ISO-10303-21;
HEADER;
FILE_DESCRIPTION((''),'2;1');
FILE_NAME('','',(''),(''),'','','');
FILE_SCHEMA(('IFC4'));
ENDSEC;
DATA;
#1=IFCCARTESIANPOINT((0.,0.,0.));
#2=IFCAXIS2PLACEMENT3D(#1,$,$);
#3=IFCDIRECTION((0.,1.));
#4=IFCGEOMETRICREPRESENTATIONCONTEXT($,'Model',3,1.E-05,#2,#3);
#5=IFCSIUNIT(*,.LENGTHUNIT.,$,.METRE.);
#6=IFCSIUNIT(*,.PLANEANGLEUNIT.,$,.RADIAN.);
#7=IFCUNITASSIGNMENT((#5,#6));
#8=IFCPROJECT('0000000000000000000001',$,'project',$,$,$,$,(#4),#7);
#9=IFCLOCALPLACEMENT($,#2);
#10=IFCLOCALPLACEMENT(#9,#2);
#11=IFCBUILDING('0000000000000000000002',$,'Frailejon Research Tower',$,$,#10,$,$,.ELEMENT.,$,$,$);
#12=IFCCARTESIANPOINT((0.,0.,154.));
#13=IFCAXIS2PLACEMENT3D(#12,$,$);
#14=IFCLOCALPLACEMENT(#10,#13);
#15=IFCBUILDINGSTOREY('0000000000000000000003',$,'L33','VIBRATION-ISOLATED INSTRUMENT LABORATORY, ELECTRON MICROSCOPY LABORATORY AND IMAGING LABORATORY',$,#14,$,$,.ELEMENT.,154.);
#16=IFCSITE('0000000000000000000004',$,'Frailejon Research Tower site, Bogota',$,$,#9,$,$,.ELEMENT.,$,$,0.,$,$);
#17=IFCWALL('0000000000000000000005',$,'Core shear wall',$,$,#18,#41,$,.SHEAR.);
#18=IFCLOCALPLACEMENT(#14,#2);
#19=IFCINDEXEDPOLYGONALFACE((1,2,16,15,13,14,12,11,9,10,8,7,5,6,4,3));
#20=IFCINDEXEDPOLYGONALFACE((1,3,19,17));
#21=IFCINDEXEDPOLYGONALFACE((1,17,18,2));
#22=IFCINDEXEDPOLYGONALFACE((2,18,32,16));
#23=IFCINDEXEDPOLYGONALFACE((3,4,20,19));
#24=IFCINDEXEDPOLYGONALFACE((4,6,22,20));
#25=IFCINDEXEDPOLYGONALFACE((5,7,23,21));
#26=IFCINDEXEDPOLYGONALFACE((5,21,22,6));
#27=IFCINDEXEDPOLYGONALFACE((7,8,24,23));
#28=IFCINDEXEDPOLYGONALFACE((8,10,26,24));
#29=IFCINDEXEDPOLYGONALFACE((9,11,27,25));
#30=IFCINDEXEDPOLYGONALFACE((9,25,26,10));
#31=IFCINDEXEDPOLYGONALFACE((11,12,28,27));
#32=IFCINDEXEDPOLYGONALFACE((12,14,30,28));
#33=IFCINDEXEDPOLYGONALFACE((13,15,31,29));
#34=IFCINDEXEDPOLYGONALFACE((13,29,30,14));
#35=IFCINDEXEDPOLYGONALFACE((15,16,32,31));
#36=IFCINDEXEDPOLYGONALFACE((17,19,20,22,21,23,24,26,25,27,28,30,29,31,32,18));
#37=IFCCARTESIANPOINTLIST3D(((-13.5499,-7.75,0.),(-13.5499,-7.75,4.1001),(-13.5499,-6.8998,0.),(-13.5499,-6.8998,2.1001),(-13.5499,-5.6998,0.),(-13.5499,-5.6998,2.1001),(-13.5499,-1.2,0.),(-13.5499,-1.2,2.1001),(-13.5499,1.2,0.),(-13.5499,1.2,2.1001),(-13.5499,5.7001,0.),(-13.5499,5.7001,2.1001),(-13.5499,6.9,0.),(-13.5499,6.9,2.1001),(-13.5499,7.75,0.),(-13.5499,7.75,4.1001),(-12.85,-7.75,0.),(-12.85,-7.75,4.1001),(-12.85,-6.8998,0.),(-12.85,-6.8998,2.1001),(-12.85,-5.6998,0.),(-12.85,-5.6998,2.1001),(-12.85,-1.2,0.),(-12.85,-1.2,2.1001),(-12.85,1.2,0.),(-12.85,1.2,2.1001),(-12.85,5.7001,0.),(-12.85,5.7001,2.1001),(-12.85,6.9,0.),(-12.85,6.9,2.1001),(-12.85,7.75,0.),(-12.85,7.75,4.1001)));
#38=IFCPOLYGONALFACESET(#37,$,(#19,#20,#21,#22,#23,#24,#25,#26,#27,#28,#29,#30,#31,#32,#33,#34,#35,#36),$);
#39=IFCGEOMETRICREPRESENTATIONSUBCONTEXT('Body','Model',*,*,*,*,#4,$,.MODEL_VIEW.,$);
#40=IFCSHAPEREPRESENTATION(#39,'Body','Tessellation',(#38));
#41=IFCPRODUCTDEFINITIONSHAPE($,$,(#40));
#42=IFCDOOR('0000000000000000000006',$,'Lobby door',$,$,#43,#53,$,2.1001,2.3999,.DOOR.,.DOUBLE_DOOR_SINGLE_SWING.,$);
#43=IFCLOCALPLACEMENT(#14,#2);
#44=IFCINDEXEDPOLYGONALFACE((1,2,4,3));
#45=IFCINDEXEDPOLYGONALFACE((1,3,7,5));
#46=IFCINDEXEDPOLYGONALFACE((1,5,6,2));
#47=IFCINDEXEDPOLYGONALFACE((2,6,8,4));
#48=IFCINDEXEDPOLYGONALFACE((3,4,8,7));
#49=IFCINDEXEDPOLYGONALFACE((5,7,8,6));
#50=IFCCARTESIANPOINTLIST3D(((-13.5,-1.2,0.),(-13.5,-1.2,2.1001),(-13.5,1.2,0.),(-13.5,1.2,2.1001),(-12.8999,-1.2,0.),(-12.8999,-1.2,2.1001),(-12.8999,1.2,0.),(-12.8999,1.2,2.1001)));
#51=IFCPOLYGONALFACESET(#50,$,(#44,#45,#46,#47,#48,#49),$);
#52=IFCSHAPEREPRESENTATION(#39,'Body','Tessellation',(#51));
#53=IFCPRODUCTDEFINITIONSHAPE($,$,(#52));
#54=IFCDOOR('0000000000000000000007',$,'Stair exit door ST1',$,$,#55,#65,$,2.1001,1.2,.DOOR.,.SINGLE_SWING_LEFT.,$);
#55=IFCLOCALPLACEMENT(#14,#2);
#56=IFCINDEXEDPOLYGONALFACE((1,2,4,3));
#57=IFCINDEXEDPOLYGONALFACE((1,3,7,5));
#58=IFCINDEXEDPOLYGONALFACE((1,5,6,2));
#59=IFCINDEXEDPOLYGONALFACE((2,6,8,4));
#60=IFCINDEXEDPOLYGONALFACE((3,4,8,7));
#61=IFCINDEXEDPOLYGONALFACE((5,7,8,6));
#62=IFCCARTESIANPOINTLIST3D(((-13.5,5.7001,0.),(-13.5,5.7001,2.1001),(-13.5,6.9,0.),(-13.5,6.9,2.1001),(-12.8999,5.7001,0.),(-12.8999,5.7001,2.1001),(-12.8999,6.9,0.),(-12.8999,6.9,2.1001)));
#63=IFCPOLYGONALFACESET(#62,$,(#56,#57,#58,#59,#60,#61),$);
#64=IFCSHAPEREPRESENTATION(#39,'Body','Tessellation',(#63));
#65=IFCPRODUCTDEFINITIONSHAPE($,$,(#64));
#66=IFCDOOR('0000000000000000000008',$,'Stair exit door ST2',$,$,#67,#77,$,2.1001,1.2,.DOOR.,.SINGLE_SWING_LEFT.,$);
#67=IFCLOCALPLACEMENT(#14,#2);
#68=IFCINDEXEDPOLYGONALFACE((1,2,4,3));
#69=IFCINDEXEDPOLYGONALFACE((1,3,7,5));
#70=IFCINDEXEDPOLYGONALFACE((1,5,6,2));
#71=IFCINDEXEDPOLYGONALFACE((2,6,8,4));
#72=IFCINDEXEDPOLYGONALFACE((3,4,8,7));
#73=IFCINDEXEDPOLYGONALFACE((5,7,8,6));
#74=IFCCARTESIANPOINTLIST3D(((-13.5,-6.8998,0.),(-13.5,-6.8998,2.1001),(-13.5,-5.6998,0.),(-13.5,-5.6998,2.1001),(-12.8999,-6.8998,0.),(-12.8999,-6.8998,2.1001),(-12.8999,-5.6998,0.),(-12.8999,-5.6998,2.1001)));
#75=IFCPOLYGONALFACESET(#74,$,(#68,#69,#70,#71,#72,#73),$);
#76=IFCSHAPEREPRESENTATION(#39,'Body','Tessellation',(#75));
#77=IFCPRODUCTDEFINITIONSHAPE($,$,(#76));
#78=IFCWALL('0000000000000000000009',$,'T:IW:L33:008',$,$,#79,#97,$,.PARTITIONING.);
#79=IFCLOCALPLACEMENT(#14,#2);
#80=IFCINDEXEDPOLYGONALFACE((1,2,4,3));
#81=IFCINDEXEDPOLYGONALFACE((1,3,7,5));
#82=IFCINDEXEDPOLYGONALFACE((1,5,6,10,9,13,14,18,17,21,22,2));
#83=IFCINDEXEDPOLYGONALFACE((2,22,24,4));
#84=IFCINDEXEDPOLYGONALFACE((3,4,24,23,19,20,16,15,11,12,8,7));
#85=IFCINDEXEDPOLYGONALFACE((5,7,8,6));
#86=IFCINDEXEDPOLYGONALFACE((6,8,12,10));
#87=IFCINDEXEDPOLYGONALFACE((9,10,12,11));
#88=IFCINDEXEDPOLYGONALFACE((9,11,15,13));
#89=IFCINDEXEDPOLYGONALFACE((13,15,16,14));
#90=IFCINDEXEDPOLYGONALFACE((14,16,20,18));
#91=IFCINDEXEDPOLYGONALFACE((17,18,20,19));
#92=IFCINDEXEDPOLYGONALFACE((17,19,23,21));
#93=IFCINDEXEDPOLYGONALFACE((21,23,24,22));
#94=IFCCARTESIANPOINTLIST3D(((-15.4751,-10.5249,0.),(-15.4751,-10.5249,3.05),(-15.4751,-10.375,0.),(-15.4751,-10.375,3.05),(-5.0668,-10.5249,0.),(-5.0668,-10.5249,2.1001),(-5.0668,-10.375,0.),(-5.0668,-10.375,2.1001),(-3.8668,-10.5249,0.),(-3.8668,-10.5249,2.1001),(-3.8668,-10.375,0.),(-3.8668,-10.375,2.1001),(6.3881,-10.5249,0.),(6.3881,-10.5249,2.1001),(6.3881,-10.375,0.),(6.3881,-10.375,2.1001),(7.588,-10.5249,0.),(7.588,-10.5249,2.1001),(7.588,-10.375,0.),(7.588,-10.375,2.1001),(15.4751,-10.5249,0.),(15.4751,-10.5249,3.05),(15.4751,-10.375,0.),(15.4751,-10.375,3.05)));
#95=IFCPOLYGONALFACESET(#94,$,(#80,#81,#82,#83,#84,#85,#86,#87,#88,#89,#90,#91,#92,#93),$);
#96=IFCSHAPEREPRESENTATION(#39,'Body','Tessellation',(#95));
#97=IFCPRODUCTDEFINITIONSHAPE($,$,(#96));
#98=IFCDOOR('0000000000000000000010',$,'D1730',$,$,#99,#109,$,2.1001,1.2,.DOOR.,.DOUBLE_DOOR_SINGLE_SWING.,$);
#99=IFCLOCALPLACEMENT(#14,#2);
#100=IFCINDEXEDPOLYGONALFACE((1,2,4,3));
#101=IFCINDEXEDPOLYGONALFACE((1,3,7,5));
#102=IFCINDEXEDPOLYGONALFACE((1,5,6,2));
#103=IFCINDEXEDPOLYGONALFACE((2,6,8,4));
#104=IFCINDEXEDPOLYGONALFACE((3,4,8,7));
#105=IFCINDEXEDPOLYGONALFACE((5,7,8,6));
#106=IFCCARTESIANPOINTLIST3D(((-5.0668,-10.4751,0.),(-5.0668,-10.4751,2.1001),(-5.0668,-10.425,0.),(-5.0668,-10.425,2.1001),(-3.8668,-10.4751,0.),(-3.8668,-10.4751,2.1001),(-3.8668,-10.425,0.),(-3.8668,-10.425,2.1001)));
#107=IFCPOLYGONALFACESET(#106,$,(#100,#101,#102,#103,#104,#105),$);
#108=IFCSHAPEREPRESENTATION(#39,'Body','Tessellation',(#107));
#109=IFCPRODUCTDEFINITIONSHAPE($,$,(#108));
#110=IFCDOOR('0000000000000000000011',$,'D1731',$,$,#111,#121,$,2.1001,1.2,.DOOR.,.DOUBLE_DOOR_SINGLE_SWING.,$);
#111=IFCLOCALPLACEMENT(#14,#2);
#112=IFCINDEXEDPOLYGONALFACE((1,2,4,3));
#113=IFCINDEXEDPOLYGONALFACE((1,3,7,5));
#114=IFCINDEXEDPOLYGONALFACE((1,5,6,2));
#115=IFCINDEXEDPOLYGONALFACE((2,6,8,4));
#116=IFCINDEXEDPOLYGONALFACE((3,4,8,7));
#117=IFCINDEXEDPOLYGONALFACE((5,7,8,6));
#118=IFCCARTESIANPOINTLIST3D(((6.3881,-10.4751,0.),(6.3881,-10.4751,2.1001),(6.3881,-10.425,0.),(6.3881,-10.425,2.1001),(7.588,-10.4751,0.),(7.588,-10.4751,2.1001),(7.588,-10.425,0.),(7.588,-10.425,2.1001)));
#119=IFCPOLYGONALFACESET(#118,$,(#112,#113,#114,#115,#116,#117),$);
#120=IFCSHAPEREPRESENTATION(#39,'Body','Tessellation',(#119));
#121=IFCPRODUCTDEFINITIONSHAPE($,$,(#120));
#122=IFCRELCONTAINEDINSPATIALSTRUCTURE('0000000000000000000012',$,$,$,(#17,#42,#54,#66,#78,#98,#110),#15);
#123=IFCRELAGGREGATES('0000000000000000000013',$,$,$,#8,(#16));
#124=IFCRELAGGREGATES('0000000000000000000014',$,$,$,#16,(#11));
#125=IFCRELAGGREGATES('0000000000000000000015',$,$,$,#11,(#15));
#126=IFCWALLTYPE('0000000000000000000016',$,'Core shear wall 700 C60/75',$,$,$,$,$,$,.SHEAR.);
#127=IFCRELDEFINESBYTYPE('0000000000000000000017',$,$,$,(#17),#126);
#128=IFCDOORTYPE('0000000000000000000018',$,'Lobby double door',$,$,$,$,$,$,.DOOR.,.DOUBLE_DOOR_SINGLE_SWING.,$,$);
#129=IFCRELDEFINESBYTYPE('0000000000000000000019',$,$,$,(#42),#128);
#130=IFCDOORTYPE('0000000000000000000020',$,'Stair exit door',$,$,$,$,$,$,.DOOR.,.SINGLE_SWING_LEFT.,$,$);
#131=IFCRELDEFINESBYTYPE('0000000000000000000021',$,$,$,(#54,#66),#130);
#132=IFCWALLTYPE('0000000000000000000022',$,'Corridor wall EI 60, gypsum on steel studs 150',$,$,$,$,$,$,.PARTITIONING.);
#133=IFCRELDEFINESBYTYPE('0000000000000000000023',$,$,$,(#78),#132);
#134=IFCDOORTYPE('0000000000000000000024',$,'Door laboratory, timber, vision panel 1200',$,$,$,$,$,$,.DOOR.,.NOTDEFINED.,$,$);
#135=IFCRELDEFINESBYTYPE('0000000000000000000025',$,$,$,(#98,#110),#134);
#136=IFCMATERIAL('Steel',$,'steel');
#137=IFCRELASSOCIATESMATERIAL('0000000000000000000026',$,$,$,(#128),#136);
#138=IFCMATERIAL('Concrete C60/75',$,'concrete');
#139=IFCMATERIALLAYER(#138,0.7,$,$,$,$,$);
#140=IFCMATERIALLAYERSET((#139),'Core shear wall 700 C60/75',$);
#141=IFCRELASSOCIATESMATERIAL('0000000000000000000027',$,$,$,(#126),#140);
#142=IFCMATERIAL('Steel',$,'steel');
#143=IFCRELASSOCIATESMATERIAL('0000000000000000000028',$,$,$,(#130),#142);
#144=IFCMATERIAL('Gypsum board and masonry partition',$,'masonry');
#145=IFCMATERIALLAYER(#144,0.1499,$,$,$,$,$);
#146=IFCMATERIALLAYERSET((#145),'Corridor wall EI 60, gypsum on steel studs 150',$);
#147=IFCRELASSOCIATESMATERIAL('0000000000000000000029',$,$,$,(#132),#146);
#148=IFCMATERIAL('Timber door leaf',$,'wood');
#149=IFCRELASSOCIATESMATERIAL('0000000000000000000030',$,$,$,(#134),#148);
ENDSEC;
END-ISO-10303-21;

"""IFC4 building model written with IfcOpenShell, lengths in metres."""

from ifc_helpers import new_model, si_unit, direction, frame, frame_2d, origin, place, context, subcontext, project, spatial, rectangle, extrude, material, layer, layer_set, type_object, element, fill, save


model = new_model("IFC4")

# Units and contexts
model_context = context("Model", 3, precision=1e-05, world=origin(), true_north=direction((0.0, 1.0)))
body_context = subcontext(model_context, "Body", "Model", "MODEL_VIEW")
ifc_project = project(units=[si_unit("LENGTHUNIT", "METRE"), si_unit("PLANEANGLEUNIT", "RADIAN")], contexts=[model_context])

# Site, building, storey
site_placement = place(None, origin())
site = spatial("IfcSite", under=ifc_project, at=site_placement, Name="Frailejon Research Tower site, Bogota", CompositionType="ELEMENT", RefElevation=0.0)
building_placement = place(site_placement, origin())
building = spatial("IfcBuilding", under=site, at=building_placement, Name="Frailejon Research Tower", CompositionType="ELEMENT")
storey_placement = place(building_placement, frame((0.0, 0.0, 154.0)))
storey = spatial("IfcBuildingStorey", under=building, at=storey_placement, Name="L33", Description="VIBRATION-ISOLATED INSTRUMENT LABORATORY, ELECTRON MICROSCOPY LABORATORY AND IMAGING LABORATORY", CompositionType="ELEMENT", Elevation=154.0)

# Shared definitions
ifc_material_1 = material(Name="Steel", Category="steel")
door_type_1 = type_object("IfcDoorType", Name="Lobby double door", OperationType="DOUBLE_DOOR_SINGLE_SWING", PredefinedType="DOOR", material=ifc_material_1)

# Shared definitions
ifc_material_2 = material(Name="Concrete C60/75", Category="concrete")
ifc_layer_1 = layer(ifc_material_2, 0.7)
ifc_layer_set_1 = layer_set([ifc_layer_1], Name="Core shear wall 700 C60/75")
wall_type_1 = type_object("IfcWallType", Name="Core shear wall 700 C60/75", PredefinedType="SHEAR", material=ifc_layer_set_1)

# Walls, openings, doors
wall_1_placement = place(storey_placement, frame((-13.2, -7.75, 0.0), z_axis=(0.0, 0.0, 1.0), x_axis=(0.0, 1.0, 0.0)))
wall_1 = element("IfcWall", 1, at=wall_1_placement, inside=storey, type_object=wall_type_1, Name="Core shear wall", PredefinedType="SHEAR", context=body_context, shape_type="SweptSolid", body=[
    extrude(rectangle(XDim=15.5, YDim=0.7, at=frame_2d((7.75, 0.0))), origin(), (0.0, 0.0, 1.0), 4.1001),
])
opening_1_placement = place(wall_1_placement, frame((6.55, 0.0, 0.0)))
opening_1 = element("IfcOpeningElement", 2, at=opening_1_placement, cuts=wall_1, PredefinedType="OPENING", context=body_context, shape_type="SweptSolid", body=[
    extrude(rectangle(XDim=2.3999, YDim=2.1001, at=frame_2d((1.2, 1.05))), frame((0.0, 0.3599, 0.0), z_axis=(0.0, -1.0, 0.0), x_axis=(1.0, 0.0, 0.0)), (0.0, 0.0, 1.0), 0.72),
])
opening_2_placement = place(wall_1_placement, frame((13.45, 0.0, 0.0)))
opening_2 = element("IfcOpeningElement", 3, at=opening_2_placement, cuts=wall_1, PredefinedType="OPENING", context=body_context, shape_type="SweptSolid", body=[
    extrude(rectangle(XDim=1.2, YDim=2.1001, at=frame_2d((0.6001, 1.05))), frame((0.0, 0.3599, 0.0), z_axis=(0.0, -1.0, 0.0), x_axis=(1.0, 0.0, 0.0)), (0.0, 0.0, 1.0), 0.72),
])
opening_3_placement = place(wall_1_placement, frame((0.8501, 0.0, 0.0)))
opening_3 = element("IfcOpeningElement", 4, at=opening_3_placement, cuts=wall_1, PredefinedType="OPENING", context=body_context, shape_type="SweptSolid", body=[
    extrude(rectangle(XDim=1.2, YDim=2.1001, at=frame_2d((0.6001, 1.05))), frame((0.0, 0.3599, 0.0), z_axis=(0.0, -1.0, 0.0), x_axis=(1.0, 0.0, 0.0)), (0.0, 0.0, 1.0), 0.72),
])
door_1_placement = place(opening_1_placement, origin())
door_1 = element("IfcDoor", 5, at=door_1_placement, inside=storey, type_object=door_type_1, Name="Lobby door", OperationType="DOUBLE_DOOR_SINGLE_SWING", OverallHeight=2.1001, OverallWidth=2.3999, PredefinedType="DOOR", context=body_context, shape_type="SweptSolid", body=[
    extrude(rectangle(XDim=2.3999, YDim=2.1001, at=frame_2d((1.2, 1.05))), frame((0.0, 0.3, 0.0), z_axis=(0.0, -1.0, 0.0), x_axis=(1.0, 0.0, 0.0)), (0.0, 0.0, 1.0), 0.6001),
])
fill(opening_1, door_1)
ifc_material_3 = material(Name="Steel", Category="steel")
door_type_2 = type_object("IfcDoorType", Name="Stair exit door", OperationType="SINGLE_SWING_LEFT", PredefinedType="DOOR", material=ifc_material_3)
door_2_placement = place(opening_2_placement, origin())
door_2 = element("IfcDoor", 6, at=door_2_placement, inside=storey, type_object=door_type_2, Name="Stair exit door ST1", OperationType="SINGLE_SWING_LEFT", OverallHeight=2.1001, OverallWidth=1.2, PredefinedType="DOOR", context=body_context, shape_type="SweptSolid", body=[
    extrude(rectangle(XDim=1.2, YDim=2.1001, at=frame_2d((0.6001, 1.05))), frame((0.0, 0.3, 0.0), z_axis=(0.0, -1.0, 0.0), x_axis=(1.0, 0.0, 0.0)), (0.0, 0.0, 1.0), 0.6001),
])
fill(opening_2, door_2)
door_3_placement = place(opening_3_placement, origin())
door_3 = element("IfcDoor", 7, at=door_3_placement, inside=storey, type_object=door_type_2, Name="Stair exit door ST2", OperationType="SINGLE_SWING_LEFT", OverallHeight=2.1001, OverallWidth=1.2, PredefinedType="DOOR", context=body_context, shape_type="SweptSolid", body=[
    extrude(rectangle(XDim=1.2, YDim=2.1001, at=frame_2d((0.6001, 1.05))), frame((0.0, 0.3, 0.0), z_axis=(0.0, -1.0, 0.0), x_axis=(1.0, 0.0, 0.0)), (0.0, 0.0, 1.0), 0.6001),
])
fill(opening_3, door_3)
ifc_material_4 = material(Name="Gypsum board and masonry partition", Category="masonry")
ifc_layer_2 = layer(ifc_material_4, 0.1499)
ifc_layer_set_2 = layer_set([ifc_layer_2], Name="Corridor wall EI 60, gypsum on steel studs 150")
wall_type_2 = type_object("IfcWallType", Name="Corridor wall EI 60, gypsum on steel studs 150", PredefinedType="PARTITIONING", material=ifc_layer_set_2)
wall_2_placement = place(storey_placement, frame((-15.4751, -10.45, 0.0), z_axis=(0.0, 0.0, 1.0), x_axis=(1.0, 0.0, 0.0)))
wall_2 = element("IfcWall", 8, at=wall_2_placement, inside=storey, type_object=wall_type_2, Name="T:IW:L33:008", PredefinedType="PARTITIONING", context=body_context, shape_type="SweptSolid", body=[
    extrude(rectangle(XDim=30.9502, YDim=0.1499, at=frame_2d((15.4751, 0.0))), origin(), (0.0, 0.0, 1.0), 3.05),
])
opening_4_placement = place(wall_2_placement, frame((10.4082, 0.0, 0.0)))
opening_4 = element("IfcOpeningElement", 9, at=opening_4_placement, cuts=wall_2, PredefinedType="OPENING", context=body_context, shape_type="SweptSolid", body=[
    extrude(rectangle(XDim=1.2, YDim=2.1001, at=frame_2d((0.6001, 1.05))), frame((0.0, 0.085, 0.0), z_axis=(0.0, -1.0, 0.0), x_axis=(1.0, 0.0, 0.0)), (0.0, 0.0, 1.0), 0.1699),
])
opening_5_placement = place(wall_2_placement, frame((21.863, 0.0, 0.0)))
opening_5 = element("IfcOpeningElement", 10, at=opening_5_placement, cuts=wall_2, PredefinedType="OPENING", context=body_context, shape_type="SweptSolid", body=[
    extrude(rectangle(XDim=1.2, YDim=2.1001, at=frame_2d((0.6001, 1.05))), frame((0.0, 0.085, 0.0), z_axis=(0.0, -1.0, 0.0), x_axis=(1.0, 0.0, 0.0)), (0.0, 0.0, 1.0), 0.1699),
])
ifc_material_5 = material(Name="Timber door leaf", Category="wood")
door_type_3 = type_object("IfcDoorType", Name="Door laboratory, timber, vision panel 1200", OperationType="NOTDEFINED", PredefinedType="DOOR", material=ifc_material_5)
door_4_placement = place(opening_4_placement, origin())
door_4 = element("IfcDoor", 11, at=door_4_placement, inside=storey, type_object=door_type_3, Name="D1730", OperationType="DOUBLE_DOOR_SINGLE_SWING", OverallHeight=2.1001, OverallWidth=1.2, PredefinedType="DOOR", context=body_context, shape_type="SweptSolid", body=[
    extrude(rectangle(XDim=1.2, YDim=2.1001, at=frame_2d((0.6001, 1.05))), frame((0.0, 0.0249, 0.0), z_axis=(0.0, -1.0, 0.0), x_axis=(1.0, 0.0, 0.0)), (0.0, 0.0, 1.0), 0.05),
])
fill(opening_4, door_4)
door_5_placement = place(opening_5_placement, origin())
door_5 = element("IfcDoor", 12, at=door_5_placement, inside=storey, type_object=door_type_3, Name="D1731", OperationType="DOUBLE_DOOR_SINGLE_SWING", OverallHeight=2.1001, OverallWidth=1.2, PredefinedType="DOOR", context=body_context, shape_type="SweptSolid", body=[
    extrude(rectangle(XDim=1.2, YDim=2.1001, at=frame_2d((0.6001, 1.05))), frame((0.0, 0.0249, 0.0), z_axis=(0.0, -1.0, 0.0), x_axis=(1.0, 0.0, 0.0)), (0.0, 0.0, 1.0), 0.05),
])
fill(opening_5, door_5)

save(model, "model.ifc")
